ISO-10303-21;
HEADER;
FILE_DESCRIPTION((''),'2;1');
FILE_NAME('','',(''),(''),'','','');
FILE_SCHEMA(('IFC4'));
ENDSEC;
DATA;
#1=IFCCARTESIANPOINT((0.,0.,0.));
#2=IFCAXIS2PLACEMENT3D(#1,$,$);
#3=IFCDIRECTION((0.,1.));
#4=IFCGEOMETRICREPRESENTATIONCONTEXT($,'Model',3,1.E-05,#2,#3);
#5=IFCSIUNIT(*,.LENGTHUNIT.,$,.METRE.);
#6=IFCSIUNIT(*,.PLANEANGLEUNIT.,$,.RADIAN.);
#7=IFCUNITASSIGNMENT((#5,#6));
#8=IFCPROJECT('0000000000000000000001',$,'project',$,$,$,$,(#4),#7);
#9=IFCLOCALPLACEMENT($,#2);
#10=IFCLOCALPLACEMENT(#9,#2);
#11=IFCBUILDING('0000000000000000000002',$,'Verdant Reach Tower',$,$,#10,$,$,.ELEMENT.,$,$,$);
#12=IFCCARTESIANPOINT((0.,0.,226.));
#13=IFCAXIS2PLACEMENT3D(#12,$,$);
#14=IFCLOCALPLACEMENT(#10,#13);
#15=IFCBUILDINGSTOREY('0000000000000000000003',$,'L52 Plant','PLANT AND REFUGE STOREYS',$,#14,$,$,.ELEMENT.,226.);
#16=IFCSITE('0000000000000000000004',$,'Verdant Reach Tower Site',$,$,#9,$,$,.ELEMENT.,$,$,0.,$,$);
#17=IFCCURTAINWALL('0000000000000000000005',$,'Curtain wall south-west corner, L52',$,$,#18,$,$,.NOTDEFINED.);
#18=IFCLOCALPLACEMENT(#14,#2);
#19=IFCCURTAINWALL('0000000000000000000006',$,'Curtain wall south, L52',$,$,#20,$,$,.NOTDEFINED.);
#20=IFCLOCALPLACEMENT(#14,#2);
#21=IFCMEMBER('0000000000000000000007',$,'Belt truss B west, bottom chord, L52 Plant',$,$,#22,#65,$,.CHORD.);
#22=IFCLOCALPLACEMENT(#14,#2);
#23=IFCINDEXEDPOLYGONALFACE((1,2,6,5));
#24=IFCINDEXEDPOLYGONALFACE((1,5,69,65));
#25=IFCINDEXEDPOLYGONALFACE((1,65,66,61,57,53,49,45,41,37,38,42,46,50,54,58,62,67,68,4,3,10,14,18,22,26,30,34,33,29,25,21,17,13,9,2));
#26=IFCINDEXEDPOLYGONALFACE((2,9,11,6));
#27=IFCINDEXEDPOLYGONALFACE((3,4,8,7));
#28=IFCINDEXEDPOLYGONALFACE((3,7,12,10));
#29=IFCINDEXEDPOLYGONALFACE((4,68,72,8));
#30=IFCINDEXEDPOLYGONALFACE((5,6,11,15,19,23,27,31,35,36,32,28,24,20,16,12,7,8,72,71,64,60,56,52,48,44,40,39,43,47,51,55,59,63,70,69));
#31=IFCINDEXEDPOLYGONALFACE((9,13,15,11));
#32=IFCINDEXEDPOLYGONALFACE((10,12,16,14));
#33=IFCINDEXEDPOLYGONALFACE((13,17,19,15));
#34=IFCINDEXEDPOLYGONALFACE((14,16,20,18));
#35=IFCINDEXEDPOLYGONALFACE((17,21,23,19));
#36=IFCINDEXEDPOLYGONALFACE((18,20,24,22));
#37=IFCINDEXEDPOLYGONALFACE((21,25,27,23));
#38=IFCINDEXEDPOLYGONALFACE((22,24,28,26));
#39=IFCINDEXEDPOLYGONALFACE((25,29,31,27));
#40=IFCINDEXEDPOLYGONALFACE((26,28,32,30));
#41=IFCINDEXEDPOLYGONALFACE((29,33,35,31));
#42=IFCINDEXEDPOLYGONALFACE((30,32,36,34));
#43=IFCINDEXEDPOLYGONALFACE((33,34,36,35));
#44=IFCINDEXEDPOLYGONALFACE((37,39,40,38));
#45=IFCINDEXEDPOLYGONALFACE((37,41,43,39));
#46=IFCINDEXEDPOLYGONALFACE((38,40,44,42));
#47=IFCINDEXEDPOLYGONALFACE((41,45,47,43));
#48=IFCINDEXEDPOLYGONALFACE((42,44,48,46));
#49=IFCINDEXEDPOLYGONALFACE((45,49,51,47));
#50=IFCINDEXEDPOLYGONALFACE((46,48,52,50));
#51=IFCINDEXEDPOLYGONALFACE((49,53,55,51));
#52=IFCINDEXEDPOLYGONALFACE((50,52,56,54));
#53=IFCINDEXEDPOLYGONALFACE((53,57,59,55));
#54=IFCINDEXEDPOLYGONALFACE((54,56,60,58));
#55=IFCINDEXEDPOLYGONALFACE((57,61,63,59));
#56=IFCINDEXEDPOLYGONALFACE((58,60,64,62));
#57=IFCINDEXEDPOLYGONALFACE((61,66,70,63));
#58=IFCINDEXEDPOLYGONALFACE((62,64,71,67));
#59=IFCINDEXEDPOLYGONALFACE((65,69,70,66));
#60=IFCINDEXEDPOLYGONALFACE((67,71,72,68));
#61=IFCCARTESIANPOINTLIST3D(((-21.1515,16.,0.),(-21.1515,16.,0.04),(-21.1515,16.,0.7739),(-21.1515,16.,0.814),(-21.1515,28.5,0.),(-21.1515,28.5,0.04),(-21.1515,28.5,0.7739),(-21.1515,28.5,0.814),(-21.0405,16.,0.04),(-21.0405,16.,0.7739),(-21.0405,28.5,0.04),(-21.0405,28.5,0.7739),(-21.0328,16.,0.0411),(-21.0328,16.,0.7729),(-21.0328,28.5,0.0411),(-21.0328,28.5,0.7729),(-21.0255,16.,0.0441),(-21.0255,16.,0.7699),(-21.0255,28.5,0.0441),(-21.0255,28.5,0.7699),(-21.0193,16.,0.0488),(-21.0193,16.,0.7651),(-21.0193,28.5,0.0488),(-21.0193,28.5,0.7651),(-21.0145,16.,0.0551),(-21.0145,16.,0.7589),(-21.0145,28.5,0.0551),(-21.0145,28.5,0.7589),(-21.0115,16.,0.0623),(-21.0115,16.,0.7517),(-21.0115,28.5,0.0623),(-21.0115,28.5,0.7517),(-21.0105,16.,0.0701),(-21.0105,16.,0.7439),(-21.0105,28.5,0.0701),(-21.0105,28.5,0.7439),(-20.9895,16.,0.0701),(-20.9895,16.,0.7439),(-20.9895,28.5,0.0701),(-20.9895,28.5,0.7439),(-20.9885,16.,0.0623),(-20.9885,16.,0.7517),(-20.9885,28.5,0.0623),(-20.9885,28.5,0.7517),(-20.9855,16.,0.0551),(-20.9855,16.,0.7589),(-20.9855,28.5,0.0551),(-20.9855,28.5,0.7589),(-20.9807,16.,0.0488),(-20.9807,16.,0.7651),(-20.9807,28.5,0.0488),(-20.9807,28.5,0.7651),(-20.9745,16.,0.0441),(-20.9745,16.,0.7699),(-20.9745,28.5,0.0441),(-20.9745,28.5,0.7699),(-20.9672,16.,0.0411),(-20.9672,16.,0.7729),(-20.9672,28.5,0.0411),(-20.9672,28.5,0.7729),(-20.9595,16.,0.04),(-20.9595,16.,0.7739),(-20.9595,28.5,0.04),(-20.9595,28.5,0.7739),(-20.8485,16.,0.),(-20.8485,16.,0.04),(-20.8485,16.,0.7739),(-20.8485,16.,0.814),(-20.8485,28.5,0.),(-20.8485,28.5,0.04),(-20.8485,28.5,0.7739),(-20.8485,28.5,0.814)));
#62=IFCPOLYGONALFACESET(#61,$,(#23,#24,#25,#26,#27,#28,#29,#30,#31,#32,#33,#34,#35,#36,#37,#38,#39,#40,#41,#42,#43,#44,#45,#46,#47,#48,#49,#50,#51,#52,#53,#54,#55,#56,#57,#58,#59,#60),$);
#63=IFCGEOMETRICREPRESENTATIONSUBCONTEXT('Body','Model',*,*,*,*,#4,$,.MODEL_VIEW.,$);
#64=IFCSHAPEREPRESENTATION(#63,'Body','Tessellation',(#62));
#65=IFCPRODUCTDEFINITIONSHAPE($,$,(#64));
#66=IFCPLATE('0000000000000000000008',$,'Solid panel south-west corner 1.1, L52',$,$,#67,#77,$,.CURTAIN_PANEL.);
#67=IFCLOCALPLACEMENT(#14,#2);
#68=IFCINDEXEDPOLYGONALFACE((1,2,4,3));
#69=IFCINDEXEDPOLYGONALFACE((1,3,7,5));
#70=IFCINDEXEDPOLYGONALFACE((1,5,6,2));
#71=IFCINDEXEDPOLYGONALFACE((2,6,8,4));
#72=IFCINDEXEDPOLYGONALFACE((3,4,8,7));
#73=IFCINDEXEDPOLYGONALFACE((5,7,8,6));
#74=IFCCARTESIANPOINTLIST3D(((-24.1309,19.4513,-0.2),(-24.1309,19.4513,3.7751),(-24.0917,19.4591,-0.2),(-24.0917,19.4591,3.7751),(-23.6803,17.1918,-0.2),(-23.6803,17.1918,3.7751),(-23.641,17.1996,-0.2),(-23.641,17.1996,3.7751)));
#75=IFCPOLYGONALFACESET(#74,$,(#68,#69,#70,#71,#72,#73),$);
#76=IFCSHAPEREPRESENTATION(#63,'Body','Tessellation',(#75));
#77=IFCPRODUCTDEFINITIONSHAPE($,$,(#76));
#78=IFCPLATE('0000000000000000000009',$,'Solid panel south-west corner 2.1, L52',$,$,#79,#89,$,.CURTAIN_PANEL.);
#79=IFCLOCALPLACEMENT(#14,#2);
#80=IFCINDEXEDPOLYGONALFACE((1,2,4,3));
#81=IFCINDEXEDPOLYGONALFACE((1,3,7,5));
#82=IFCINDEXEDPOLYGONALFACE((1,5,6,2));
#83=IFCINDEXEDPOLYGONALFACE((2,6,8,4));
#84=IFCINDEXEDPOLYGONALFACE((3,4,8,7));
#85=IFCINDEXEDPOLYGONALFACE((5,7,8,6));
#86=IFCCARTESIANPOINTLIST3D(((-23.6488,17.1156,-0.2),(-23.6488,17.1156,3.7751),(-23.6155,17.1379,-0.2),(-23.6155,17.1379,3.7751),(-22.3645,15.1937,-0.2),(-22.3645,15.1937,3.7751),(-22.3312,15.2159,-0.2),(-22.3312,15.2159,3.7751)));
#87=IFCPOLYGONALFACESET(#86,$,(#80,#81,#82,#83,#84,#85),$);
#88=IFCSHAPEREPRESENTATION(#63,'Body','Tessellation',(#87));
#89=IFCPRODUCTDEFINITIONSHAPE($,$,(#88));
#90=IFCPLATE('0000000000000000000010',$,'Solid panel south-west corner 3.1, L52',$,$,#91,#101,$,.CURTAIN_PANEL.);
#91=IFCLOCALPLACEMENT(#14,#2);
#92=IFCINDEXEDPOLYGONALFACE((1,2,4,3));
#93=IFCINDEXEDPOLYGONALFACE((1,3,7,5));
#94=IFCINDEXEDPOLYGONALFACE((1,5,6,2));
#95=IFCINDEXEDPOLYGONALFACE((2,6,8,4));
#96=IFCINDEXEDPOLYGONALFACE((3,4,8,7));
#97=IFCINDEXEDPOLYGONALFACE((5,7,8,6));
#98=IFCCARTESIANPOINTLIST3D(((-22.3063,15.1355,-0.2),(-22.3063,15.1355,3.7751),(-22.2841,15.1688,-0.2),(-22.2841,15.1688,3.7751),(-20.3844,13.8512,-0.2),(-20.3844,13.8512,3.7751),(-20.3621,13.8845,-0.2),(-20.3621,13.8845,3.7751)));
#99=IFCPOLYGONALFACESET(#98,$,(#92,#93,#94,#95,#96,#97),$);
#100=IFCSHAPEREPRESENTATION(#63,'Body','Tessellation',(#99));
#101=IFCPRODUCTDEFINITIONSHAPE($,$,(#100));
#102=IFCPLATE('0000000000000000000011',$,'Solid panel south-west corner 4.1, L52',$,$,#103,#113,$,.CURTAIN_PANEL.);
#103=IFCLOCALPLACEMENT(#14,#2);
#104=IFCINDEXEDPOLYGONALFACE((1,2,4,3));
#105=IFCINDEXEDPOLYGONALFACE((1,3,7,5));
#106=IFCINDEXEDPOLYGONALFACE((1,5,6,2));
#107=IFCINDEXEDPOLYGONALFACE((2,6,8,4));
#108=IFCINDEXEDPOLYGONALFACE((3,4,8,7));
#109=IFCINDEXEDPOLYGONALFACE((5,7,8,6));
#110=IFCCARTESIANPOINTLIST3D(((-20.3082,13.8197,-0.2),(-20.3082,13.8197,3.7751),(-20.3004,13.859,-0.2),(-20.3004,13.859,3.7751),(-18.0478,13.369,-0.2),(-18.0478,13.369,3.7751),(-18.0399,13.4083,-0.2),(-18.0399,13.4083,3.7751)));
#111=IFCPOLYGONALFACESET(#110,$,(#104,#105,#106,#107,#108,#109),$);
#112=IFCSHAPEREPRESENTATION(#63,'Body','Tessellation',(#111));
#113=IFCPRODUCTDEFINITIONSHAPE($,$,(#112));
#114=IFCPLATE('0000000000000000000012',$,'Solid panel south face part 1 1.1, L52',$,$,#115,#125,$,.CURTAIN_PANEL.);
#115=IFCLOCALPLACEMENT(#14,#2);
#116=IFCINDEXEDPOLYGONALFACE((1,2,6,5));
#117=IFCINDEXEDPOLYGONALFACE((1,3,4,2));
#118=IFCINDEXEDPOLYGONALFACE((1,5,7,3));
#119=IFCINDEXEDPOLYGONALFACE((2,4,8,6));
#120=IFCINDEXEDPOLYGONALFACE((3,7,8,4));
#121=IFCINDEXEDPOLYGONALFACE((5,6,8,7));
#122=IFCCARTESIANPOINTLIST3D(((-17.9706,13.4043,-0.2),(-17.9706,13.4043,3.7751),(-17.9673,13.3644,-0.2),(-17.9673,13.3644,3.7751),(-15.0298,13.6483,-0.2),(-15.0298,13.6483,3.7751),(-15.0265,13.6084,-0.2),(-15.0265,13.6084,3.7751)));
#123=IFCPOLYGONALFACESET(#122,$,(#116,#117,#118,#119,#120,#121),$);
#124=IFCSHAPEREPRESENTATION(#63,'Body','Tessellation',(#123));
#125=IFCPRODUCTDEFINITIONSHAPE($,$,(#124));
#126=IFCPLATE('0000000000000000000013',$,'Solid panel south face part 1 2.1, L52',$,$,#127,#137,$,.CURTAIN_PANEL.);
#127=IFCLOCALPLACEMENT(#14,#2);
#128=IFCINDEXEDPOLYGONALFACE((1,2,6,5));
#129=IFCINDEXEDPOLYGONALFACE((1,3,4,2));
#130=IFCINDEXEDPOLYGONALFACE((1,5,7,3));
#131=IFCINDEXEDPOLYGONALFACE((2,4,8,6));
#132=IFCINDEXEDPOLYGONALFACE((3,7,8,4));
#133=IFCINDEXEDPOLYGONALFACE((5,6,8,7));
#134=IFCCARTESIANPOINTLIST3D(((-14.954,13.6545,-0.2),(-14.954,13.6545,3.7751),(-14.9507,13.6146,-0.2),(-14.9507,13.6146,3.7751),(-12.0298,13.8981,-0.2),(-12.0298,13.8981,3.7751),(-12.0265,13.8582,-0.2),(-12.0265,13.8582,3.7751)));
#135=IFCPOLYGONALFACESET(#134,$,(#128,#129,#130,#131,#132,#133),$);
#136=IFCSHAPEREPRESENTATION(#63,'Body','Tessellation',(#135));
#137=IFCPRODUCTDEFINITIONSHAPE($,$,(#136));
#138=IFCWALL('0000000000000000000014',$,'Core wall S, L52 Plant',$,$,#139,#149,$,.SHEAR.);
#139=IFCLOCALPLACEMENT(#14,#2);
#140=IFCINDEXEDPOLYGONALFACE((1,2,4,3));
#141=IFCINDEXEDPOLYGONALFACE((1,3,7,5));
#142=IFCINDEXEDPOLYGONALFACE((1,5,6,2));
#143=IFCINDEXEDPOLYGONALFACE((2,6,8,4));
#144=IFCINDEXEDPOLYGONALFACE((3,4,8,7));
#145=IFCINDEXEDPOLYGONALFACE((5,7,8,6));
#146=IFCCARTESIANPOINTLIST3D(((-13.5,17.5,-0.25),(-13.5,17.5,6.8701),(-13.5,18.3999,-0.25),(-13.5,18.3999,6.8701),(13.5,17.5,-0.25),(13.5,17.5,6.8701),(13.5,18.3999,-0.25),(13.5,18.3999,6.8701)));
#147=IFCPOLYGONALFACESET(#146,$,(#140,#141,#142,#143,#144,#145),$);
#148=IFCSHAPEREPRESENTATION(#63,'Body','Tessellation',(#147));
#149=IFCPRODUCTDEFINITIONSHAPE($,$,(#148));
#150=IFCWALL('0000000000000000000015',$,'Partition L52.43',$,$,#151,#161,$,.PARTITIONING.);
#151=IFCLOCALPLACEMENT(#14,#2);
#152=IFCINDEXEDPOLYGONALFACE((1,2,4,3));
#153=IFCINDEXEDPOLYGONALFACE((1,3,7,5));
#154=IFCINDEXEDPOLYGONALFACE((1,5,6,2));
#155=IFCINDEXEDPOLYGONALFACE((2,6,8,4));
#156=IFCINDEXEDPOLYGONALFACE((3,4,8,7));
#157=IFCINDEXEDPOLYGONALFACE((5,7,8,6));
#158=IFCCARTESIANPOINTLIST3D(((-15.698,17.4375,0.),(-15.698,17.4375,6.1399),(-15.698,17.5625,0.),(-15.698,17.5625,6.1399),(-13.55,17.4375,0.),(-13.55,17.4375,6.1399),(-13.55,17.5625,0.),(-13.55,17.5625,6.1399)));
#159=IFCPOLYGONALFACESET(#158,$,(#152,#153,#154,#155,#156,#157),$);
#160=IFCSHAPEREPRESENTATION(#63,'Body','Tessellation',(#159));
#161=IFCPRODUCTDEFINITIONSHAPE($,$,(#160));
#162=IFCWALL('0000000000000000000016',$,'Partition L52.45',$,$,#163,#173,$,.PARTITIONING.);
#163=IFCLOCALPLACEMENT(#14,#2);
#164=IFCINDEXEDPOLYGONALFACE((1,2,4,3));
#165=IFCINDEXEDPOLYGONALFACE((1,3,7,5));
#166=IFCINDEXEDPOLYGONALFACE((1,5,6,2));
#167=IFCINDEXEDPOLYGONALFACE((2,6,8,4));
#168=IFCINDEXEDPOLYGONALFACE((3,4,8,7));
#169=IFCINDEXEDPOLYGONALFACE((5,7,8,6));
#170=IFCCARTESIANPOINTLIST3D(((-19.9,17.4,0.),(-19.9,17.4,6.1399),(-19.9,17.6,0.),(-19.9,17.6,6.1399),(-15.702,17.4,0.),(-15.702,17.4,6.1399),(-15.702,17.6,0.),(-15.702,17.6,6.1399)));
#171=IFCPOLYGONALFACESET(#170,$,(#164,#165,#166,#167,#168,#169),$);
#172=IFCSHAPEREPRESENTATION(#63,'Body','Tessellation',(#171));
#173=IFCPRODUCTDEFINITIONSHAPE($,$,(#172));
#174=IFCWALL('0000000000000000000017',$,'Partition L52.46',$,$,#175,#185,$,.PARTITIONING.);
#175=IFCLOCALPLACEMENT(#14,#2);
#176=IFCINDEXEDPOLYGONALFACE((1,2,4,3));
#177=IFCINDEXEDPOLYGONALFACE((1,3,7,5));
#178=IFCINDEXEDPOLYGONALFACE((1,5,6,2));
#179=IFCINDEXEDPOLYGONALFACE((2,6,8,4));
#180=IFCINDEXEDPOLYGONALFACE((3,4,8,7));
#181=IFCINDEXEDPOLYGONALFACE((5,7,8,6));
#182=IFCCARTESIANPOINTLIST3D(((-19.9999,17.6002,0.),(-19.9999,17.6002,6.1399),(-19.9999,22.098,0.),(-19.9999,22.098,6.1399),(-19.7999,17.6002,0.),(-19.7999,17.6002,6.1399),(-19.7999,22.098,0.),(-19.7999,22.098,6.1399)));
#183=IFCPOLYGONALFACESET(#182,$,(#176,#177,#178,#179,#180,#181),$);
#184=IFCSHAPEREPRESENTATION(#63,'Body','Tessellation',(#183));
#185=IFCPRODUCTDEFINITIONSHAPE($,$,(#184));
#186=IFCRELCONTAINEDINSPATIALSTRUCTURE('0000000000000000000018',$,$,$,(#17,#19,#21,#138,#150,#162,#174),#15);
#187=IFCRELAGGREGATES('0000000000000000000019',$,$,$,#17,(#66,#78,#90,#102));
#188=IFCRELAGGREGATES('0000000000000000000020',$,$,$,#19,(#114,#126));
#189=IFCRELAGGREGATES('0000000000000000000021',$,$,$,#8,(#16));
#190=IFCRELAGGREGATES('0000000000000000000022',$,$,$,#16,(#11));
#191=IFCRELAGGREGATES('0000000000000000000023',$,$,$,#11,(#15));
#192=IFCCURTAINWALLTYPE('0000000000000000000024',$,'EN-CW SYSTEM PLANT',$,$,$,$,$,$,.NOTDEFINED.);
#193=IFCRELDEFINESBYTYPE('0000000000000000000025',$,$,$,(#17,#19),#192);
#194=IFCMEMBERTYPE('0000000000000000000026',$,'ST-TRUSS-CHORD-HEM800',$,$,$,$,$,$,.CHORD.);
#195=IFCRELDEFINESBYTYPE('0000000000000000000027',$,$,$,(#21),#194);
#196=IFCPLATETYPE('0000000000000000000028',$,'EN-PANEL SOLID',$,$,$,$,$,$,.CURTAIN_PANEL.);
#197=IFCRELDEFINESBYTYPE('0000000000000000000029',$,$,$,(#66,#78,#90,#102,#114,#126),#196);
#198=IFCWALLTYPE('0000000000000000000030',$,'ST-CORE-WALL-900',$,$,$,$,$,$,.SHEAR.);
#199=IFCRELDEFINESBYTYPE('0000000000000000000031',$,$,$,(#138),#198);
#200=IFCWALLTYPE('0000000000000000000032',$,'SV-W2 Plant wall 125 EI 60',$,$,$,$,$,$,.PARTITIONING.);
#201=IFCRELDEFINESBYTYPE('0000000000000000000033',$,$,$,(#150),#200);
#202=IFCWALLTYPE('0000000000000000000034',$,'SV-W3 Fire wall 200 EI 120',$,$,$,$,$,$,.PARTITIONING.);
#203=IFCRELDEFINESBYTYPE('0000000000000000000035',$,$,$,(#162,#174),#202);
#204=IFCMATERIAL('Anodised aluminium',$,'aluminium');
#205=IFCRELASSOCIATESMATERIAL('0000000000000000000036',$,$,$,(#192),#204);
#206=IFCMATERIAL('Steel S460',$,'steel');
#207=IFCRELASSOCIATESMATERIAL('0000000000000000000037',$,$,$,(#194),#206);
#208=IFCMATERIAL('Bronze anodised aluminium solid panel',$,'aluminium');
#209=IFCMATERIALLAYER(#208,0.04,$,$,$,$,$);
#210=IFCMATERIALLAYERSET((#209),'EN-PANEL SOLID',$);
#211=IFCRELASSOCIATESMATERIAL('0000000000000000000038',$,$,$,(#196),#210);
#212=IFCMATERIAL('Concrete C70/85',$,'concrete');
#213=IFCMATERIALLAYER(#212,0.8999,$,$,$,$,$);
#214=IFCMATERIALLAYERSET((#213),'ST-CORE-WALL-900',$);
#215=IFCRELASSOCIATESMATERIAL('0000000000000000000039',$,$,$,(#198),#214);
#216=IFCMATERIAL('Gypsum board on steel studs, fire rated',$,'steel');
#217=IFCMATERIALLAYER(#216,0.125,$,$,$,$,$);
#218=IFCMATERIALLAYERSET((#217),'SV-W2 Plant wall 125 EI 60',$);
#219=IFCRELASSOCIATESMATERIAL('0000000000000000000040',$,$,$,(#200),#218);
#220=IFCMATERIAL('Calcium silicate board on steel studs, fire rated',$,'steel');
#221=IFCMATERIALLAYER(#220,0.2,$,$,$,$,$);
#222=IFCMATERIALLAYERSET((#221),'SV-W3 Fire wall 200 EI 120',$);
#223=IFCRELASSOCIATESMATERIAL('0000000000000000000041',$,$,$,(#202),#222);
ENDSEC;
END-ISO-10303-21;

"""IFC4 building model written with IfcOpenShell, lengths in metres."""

from ifc_helpers import new_model, si_unit, direction, frame, frame_2d, origin, origin_2d, place, context, subcontext, project, spatial, rectangle, i_section, extrude, material, layer, layer_set, material_profile, profile_set, type_object, element, aggregate, save


model = new_model("IFC4")

# Units and contexts
model_context = context("Model", 3, precision=1e-05, world=origin(), true_north=direction((0.0, 1.0)))
body_context = subcontext(model_context, "Body", "Model", "MODEL_VIEW")
ifc_project = project(units=[si_unit("LENGTHUNIT", "METRE"), si_unit("PLANEANGLEUNIT", "RADIAN")], contexts=[model_context])

# Site, building, storey
site_placement = place(None, origin())
site = spatial("IfcSite", under=ifc_project, at=site_placement, Name="Verdant Reach Tower Site", CompositionType="ELEMENT", RefElevation=0.0)
building_placement = place(site_placement, origin())
building = spatial("IfcBuilding", under=site, at=building_placement, Name="Verdant Reach Tower", CompositionType="ELEMENT")
storey_placement = place(building_placement, frame((0.0, 0.0, 226.0)))
storey = spatial("IfcBuildingStorey", under=building, at=storey_placement, Name="L52 Plant", Description="PLANT AND REFUGE STOREYS", CompositionType="ELEMENT", Elevation=226.0)

# Shared definitions
ifc_material_1 = material(Name="Steel S460", Category="steel")

# Curtain walls
ifc_material_2 = material(Name="Anodised aluminium", Category="aluminium")
curtain_wall_type = type_object("IfcCurtainWallType", Name="EN-CW SYSTEM PLANT", PredefinedType="NOTDEFINED", material=ifc_material_2)
curtain_wall_1_placement = place(storey_placement, origin())
curtain_wall_1 = element("IfcCurtainWall", 1, at=curtain_wall_1_placement, inside=storey, type_object=curtain_wall_type, Name="Curtain wall south-west corner, L52", PredefinedType="NOTDEFINED")
curtain_wall_2_placement = place(storey_placement, origin())
curtain_wall_2 = element("IfcCurtainWall", 2, at=curtain_wall_2_placement, inside=storey, type_object=curtain_wall_type, Name="Curtain wall south, L52", PredefinedType="NOTDEFINED")

# Member
ifc_material_profile_1 = material_profile(ifc_material_1, i_section(OverallWidth=0.303, OverallDepth=0.814, WebThickness=0.021, FlangeThickness=0.04, FilletRadius=0.03, at=origin_2d()), Name="HEM 800")
ifc_profile_set_1 = profile_set([ifc_material_profile_1], Name="Steel S460")
member_type_1 = type_object("IfcMemberType", Name="ST-TRUSS-CHORD-HEM800", PredefinedType="CHORD", material=ifc_profile_set_1)
for number, where, z_axis, x_axis, name in (
    (3, (-21.0, 16.0, 0.407), (0.0, 1.0, 0.0), (-1.0, 0.0, 0.0), "Belt truss B west, bottom chord, L52 Plant"),
):
    element("IfcMember", number, at=place(storey_placement, frame(where, z_axis=z_axis, x_axis=x_axis)), inside=storey, type_object=member_type_1, Name=name, PredefinedType="CHORD", context=body_context, shape_type="SweptSolid", body=[
        extrude(i_section(OverallWidth=0.303, OverallDepth=0.814, WebThickness=0.021, FlangeThickness=0.04, FilletRadius=0.03, at=origin_2d()), origin(), (0.0, 0.0, 1.0), 12.5),
    ])

# Plates
ifc_material_3 = material(Name="Bronze anodised aluminium solid panel", Category="aluminium")
ifc_layer_1 = layer(ifc_material_3, 0.04)
ifc_layer_set_1 = layer_set([ifc_layer_1], Name="EN-PANEL SOLID")
plate_type = type_object("IfcPlateType", Name="EN-PANEL SOLID", PredefinedType="CURTAIN_PANEL", material=ifc_layer_set_1)
plate_1_placement = place(storey_placement, frame((-23.886, 18.3254, -0.2), z_axis=(0.0, 0.0, 1.0), x_axis=(0.195593, -0.980685, 0.0)))
plate_1 = element("IfcPlate", 4, at=plate_1_placement, type_object=plate_type, Name="Solid panel south-west corner 1.1, L52", PredefinedType="CURTAIN_PANEL", context=body_context, shape_type="SweptSolid", body=[
    extrude(rectangle(XDim=2.304, YDim=0.04, at=origin_2d()), origin(), (0.0, 0.0, 1.0), 3.9751),
])
plate_2_placement = place(storey_placement, frame((-22.99, 16.1658, -0.2), z_axis=(0.0, 0.0, 1.0), x_axis=(0.555596, -0.831452, 0.0)))
plate_2 = element("IfcPlate", 5, at=plate_2_placement, type_object=plate_type, Name="Solid panel south-west corner 2.1, L52", PredefinedType="CURTAIN_PANEL", context=body_context, shape_type="SweptSolid", body=[
    extrude(rectangle(XDim=2.3115, YDim=0.04, at=origin_2d()), origin(), (0.0, 0.0, 1.0), 3.9751),
])
plate_3_placement = place(storey_placement, frame((-21.3342, 14.51, -0.2), z_axis=(0.0, 0.0, 1.0), x_axis=(0.831452, -0.555596, 0.0)))
plate_3 = element("IfcPlate", 6, at=plate_3_placement, type_object=plate_type, Name="Solid panel south-west corner 3.1, L52", PredefinedType="CURTAIN_PANEL", context=body_context, shape_type="SweptSolid", body=[
    extrude(rectangle(XDim=2.3115, YDim=0.04, at=origin_2d()), origin(), (0.0, 0.0, 1.0), 3.9751),
])
plate_4_placement = place(storey_placement, frame((-19.1741, 13.614, -0.2), z_axis=(0.0, 0.0, 1.0), x_axis=(0.980695, -0.195545, 0.0)))
plate_4 = element("IfcPlate", 7, at=plate_4_placement, type_object=plate_type, Name="Solid panel south-west corner 4.1, L52", PredefinedType="CURTAIN_PANEL", context=body_context, shape_type="SweptSolid", body=[
    extrude(rectangle(XDim=2.3049, YDim=0.04, at=origin_2d()), origin(), (0.0, 0.0, 1.0), 3.9751),
])
plate_5_placement = place(storey_placement, frame((-16.4985, 13.5063, -0.2), z_axis=(0.0, 0.0, 1.0), x_axis=(0.996578, 0.082664, 0.0)))
plate_5 = element("IfcPlate", 8, at=plate_5_placement, type_object=plate_type, Name="Solid panel south face part 1 1.1, L52", PredefinedType="CURTAIN_PANEL", context=body_context, shape_type="SweptSolid", body=[
    extrude(rectangle(XDim=2.9509, YDim=0.04, at=origin_2d()), origin(), (0.0, 0.0, 1.0), 3.9751),
])
plate_6_placement = place(storey_placement, frame((-13.4902, 13.7563, -0.2), z_axis=(0.0, 0.0, 1.0), x_axis=(0.996546, 0.083045, 0.0)))
plate_6 = element("IfcPlate", 9, at=plate_6_placement, type_object=plate_type, Name="Solid panel south face part 1 2.1, L52", PredefinedType="CURTAIN_PANEL", context=body_context, shape_type="SweptSolid", body=[
    extrude(rectangle(XDim=2.9343, YDim=0.04, at=origin_2d()), origin(), (0.0, 0.0, 1.0), 3.9751),
])

# Walls
ifc_material_4 = material(Name="Concrete C70/85", Category="concrete")
ifc_layer_2 = layer(ifc_material_4, 0.8999)
ifc_layer_set_2 = layer_set([ifc_layer_2], Name="ST-CORE-WALL-900")
wall_type_1 = type_object("IfcWallType", Name="ST-CORE-WALL-900", PredefinedType="SHEAR", material=ifc_layer_set_2)
wall_1_placement = place(storey_placement, frame((-13.5, 17.95, -0.25), z_axis=(0.0, 0.0, 1.0), x_axis=(1.0, 0.0, 0.0)))
element("IfcWall", 10, at=wall_1_placement, inside=storey, type_object=wall_type_1, Name="Core wall S, L52 Plant", PredefinedType="SHEAR", context=body_context, shape_type="SweptSolid", body=[
    extrude(rectangle(XDim=27.0, YDim=0.8999, at=frame_2d((13.5, 0.0))), origin(), (0.0, 0.0, 1.0), 7.1201),
])
ifc_material_5 = material(Name="Gypsum board on steel studs, fire rated", Category="steel")
ifc_layer_3 = layer(ifc_material_5, 0.125)
ifc_layer_set_3 = layer_set([ifc_layer_3], Name="SV-W2 Plant wall 125 EI 60")
wall_type_2 = type_object("IfcWallType", Name="SV-W2 Plant wall 125 EI 60", PredefinedType="PARTITIONING", material=ifc_layer_set_3)
wall_2_placement = place(storey_placement, frame((-13.55, 17.5, 0.0), z_axis=(0.0, 0.0, 1.0), x_axis=(-1.0, 0.0, 0.0)))
element("IfcWall", 11, at=wall_2_placement, inside=storey, type_object=wall_type_2, Name="Partition L52.43", PredefinedType="PARTITIONING", context=body_context, shape_type="SweptSolid", body=[
    extrude(rectangle(XDim=2.1479, YDim=0.125, at=frame_2d((1.074, 0.0))), origin(), (0.0, 0.0, 1.0), 6.1399),
])
ifc_material_6 = material(Name="Calcium silicate board on steel studs, fire rated", Category="steel")
ifc_layer_4 = layer(ifc_material_6, 0.2)
ifc_layer_set_4 = layer_set([ifc_layer_4], Name="SV-W3 Fire wall 200 EI 120")
wall_type_3 = type_object("IfcWallType", Name="SV-W3 Fire wall 200 EI 120", PredefinedType="PARTITIONING", material=ifc_layer_set_4)
wall_3_placement = place(storey_placement, frame((-15.7019, 17.5, 0.0), z_axis=(0.0, 0.0, 1.0), x_axis=(-1.0, 0.0, 0.0)))
element("IfcWall", 12, at=wall_3_placement, inside=storey, type_object=wall_type_3, Name="Partition L52.45", PredefinedType="PARTITIONING", context=body_context, shape_type="SweptSolid", body=[
    extrude(rectangle(XDim=4.198, YDim=0.2, at=frame_2d((2.0991, 0.0))), origin(), (0.0, 0.0, 1.0), 6.1399),
])
wall_4_placement = place(storey_placement, frame((-19.8999, 17.6001, 0.0), z_axis=(0.0, 0.0, 1.0), x_axis=(0.0, 1.0, 0.0)))
element("IfcWall", 13, at=wall_4_placement, inside=storey, type_object=wall_type_3, Name="Partition L52.46", PredefinedType="PARTITIONING", context=body_context, shape_type="SweptSolid", body=[
    extrude(rectangle(XDim=4.4978, YDim=0.2, at=frame_2d((2.249, 0.0))), origin(), (0.0, 0.0, 1.0), 6.1399),
])

aggregate(curtain_wall_1, [plate_1, plate_2, plate_3, plate_4])
aggregate(curtain_wall_2, [plate_5, plate_6])

save(model, "model.ifc")
